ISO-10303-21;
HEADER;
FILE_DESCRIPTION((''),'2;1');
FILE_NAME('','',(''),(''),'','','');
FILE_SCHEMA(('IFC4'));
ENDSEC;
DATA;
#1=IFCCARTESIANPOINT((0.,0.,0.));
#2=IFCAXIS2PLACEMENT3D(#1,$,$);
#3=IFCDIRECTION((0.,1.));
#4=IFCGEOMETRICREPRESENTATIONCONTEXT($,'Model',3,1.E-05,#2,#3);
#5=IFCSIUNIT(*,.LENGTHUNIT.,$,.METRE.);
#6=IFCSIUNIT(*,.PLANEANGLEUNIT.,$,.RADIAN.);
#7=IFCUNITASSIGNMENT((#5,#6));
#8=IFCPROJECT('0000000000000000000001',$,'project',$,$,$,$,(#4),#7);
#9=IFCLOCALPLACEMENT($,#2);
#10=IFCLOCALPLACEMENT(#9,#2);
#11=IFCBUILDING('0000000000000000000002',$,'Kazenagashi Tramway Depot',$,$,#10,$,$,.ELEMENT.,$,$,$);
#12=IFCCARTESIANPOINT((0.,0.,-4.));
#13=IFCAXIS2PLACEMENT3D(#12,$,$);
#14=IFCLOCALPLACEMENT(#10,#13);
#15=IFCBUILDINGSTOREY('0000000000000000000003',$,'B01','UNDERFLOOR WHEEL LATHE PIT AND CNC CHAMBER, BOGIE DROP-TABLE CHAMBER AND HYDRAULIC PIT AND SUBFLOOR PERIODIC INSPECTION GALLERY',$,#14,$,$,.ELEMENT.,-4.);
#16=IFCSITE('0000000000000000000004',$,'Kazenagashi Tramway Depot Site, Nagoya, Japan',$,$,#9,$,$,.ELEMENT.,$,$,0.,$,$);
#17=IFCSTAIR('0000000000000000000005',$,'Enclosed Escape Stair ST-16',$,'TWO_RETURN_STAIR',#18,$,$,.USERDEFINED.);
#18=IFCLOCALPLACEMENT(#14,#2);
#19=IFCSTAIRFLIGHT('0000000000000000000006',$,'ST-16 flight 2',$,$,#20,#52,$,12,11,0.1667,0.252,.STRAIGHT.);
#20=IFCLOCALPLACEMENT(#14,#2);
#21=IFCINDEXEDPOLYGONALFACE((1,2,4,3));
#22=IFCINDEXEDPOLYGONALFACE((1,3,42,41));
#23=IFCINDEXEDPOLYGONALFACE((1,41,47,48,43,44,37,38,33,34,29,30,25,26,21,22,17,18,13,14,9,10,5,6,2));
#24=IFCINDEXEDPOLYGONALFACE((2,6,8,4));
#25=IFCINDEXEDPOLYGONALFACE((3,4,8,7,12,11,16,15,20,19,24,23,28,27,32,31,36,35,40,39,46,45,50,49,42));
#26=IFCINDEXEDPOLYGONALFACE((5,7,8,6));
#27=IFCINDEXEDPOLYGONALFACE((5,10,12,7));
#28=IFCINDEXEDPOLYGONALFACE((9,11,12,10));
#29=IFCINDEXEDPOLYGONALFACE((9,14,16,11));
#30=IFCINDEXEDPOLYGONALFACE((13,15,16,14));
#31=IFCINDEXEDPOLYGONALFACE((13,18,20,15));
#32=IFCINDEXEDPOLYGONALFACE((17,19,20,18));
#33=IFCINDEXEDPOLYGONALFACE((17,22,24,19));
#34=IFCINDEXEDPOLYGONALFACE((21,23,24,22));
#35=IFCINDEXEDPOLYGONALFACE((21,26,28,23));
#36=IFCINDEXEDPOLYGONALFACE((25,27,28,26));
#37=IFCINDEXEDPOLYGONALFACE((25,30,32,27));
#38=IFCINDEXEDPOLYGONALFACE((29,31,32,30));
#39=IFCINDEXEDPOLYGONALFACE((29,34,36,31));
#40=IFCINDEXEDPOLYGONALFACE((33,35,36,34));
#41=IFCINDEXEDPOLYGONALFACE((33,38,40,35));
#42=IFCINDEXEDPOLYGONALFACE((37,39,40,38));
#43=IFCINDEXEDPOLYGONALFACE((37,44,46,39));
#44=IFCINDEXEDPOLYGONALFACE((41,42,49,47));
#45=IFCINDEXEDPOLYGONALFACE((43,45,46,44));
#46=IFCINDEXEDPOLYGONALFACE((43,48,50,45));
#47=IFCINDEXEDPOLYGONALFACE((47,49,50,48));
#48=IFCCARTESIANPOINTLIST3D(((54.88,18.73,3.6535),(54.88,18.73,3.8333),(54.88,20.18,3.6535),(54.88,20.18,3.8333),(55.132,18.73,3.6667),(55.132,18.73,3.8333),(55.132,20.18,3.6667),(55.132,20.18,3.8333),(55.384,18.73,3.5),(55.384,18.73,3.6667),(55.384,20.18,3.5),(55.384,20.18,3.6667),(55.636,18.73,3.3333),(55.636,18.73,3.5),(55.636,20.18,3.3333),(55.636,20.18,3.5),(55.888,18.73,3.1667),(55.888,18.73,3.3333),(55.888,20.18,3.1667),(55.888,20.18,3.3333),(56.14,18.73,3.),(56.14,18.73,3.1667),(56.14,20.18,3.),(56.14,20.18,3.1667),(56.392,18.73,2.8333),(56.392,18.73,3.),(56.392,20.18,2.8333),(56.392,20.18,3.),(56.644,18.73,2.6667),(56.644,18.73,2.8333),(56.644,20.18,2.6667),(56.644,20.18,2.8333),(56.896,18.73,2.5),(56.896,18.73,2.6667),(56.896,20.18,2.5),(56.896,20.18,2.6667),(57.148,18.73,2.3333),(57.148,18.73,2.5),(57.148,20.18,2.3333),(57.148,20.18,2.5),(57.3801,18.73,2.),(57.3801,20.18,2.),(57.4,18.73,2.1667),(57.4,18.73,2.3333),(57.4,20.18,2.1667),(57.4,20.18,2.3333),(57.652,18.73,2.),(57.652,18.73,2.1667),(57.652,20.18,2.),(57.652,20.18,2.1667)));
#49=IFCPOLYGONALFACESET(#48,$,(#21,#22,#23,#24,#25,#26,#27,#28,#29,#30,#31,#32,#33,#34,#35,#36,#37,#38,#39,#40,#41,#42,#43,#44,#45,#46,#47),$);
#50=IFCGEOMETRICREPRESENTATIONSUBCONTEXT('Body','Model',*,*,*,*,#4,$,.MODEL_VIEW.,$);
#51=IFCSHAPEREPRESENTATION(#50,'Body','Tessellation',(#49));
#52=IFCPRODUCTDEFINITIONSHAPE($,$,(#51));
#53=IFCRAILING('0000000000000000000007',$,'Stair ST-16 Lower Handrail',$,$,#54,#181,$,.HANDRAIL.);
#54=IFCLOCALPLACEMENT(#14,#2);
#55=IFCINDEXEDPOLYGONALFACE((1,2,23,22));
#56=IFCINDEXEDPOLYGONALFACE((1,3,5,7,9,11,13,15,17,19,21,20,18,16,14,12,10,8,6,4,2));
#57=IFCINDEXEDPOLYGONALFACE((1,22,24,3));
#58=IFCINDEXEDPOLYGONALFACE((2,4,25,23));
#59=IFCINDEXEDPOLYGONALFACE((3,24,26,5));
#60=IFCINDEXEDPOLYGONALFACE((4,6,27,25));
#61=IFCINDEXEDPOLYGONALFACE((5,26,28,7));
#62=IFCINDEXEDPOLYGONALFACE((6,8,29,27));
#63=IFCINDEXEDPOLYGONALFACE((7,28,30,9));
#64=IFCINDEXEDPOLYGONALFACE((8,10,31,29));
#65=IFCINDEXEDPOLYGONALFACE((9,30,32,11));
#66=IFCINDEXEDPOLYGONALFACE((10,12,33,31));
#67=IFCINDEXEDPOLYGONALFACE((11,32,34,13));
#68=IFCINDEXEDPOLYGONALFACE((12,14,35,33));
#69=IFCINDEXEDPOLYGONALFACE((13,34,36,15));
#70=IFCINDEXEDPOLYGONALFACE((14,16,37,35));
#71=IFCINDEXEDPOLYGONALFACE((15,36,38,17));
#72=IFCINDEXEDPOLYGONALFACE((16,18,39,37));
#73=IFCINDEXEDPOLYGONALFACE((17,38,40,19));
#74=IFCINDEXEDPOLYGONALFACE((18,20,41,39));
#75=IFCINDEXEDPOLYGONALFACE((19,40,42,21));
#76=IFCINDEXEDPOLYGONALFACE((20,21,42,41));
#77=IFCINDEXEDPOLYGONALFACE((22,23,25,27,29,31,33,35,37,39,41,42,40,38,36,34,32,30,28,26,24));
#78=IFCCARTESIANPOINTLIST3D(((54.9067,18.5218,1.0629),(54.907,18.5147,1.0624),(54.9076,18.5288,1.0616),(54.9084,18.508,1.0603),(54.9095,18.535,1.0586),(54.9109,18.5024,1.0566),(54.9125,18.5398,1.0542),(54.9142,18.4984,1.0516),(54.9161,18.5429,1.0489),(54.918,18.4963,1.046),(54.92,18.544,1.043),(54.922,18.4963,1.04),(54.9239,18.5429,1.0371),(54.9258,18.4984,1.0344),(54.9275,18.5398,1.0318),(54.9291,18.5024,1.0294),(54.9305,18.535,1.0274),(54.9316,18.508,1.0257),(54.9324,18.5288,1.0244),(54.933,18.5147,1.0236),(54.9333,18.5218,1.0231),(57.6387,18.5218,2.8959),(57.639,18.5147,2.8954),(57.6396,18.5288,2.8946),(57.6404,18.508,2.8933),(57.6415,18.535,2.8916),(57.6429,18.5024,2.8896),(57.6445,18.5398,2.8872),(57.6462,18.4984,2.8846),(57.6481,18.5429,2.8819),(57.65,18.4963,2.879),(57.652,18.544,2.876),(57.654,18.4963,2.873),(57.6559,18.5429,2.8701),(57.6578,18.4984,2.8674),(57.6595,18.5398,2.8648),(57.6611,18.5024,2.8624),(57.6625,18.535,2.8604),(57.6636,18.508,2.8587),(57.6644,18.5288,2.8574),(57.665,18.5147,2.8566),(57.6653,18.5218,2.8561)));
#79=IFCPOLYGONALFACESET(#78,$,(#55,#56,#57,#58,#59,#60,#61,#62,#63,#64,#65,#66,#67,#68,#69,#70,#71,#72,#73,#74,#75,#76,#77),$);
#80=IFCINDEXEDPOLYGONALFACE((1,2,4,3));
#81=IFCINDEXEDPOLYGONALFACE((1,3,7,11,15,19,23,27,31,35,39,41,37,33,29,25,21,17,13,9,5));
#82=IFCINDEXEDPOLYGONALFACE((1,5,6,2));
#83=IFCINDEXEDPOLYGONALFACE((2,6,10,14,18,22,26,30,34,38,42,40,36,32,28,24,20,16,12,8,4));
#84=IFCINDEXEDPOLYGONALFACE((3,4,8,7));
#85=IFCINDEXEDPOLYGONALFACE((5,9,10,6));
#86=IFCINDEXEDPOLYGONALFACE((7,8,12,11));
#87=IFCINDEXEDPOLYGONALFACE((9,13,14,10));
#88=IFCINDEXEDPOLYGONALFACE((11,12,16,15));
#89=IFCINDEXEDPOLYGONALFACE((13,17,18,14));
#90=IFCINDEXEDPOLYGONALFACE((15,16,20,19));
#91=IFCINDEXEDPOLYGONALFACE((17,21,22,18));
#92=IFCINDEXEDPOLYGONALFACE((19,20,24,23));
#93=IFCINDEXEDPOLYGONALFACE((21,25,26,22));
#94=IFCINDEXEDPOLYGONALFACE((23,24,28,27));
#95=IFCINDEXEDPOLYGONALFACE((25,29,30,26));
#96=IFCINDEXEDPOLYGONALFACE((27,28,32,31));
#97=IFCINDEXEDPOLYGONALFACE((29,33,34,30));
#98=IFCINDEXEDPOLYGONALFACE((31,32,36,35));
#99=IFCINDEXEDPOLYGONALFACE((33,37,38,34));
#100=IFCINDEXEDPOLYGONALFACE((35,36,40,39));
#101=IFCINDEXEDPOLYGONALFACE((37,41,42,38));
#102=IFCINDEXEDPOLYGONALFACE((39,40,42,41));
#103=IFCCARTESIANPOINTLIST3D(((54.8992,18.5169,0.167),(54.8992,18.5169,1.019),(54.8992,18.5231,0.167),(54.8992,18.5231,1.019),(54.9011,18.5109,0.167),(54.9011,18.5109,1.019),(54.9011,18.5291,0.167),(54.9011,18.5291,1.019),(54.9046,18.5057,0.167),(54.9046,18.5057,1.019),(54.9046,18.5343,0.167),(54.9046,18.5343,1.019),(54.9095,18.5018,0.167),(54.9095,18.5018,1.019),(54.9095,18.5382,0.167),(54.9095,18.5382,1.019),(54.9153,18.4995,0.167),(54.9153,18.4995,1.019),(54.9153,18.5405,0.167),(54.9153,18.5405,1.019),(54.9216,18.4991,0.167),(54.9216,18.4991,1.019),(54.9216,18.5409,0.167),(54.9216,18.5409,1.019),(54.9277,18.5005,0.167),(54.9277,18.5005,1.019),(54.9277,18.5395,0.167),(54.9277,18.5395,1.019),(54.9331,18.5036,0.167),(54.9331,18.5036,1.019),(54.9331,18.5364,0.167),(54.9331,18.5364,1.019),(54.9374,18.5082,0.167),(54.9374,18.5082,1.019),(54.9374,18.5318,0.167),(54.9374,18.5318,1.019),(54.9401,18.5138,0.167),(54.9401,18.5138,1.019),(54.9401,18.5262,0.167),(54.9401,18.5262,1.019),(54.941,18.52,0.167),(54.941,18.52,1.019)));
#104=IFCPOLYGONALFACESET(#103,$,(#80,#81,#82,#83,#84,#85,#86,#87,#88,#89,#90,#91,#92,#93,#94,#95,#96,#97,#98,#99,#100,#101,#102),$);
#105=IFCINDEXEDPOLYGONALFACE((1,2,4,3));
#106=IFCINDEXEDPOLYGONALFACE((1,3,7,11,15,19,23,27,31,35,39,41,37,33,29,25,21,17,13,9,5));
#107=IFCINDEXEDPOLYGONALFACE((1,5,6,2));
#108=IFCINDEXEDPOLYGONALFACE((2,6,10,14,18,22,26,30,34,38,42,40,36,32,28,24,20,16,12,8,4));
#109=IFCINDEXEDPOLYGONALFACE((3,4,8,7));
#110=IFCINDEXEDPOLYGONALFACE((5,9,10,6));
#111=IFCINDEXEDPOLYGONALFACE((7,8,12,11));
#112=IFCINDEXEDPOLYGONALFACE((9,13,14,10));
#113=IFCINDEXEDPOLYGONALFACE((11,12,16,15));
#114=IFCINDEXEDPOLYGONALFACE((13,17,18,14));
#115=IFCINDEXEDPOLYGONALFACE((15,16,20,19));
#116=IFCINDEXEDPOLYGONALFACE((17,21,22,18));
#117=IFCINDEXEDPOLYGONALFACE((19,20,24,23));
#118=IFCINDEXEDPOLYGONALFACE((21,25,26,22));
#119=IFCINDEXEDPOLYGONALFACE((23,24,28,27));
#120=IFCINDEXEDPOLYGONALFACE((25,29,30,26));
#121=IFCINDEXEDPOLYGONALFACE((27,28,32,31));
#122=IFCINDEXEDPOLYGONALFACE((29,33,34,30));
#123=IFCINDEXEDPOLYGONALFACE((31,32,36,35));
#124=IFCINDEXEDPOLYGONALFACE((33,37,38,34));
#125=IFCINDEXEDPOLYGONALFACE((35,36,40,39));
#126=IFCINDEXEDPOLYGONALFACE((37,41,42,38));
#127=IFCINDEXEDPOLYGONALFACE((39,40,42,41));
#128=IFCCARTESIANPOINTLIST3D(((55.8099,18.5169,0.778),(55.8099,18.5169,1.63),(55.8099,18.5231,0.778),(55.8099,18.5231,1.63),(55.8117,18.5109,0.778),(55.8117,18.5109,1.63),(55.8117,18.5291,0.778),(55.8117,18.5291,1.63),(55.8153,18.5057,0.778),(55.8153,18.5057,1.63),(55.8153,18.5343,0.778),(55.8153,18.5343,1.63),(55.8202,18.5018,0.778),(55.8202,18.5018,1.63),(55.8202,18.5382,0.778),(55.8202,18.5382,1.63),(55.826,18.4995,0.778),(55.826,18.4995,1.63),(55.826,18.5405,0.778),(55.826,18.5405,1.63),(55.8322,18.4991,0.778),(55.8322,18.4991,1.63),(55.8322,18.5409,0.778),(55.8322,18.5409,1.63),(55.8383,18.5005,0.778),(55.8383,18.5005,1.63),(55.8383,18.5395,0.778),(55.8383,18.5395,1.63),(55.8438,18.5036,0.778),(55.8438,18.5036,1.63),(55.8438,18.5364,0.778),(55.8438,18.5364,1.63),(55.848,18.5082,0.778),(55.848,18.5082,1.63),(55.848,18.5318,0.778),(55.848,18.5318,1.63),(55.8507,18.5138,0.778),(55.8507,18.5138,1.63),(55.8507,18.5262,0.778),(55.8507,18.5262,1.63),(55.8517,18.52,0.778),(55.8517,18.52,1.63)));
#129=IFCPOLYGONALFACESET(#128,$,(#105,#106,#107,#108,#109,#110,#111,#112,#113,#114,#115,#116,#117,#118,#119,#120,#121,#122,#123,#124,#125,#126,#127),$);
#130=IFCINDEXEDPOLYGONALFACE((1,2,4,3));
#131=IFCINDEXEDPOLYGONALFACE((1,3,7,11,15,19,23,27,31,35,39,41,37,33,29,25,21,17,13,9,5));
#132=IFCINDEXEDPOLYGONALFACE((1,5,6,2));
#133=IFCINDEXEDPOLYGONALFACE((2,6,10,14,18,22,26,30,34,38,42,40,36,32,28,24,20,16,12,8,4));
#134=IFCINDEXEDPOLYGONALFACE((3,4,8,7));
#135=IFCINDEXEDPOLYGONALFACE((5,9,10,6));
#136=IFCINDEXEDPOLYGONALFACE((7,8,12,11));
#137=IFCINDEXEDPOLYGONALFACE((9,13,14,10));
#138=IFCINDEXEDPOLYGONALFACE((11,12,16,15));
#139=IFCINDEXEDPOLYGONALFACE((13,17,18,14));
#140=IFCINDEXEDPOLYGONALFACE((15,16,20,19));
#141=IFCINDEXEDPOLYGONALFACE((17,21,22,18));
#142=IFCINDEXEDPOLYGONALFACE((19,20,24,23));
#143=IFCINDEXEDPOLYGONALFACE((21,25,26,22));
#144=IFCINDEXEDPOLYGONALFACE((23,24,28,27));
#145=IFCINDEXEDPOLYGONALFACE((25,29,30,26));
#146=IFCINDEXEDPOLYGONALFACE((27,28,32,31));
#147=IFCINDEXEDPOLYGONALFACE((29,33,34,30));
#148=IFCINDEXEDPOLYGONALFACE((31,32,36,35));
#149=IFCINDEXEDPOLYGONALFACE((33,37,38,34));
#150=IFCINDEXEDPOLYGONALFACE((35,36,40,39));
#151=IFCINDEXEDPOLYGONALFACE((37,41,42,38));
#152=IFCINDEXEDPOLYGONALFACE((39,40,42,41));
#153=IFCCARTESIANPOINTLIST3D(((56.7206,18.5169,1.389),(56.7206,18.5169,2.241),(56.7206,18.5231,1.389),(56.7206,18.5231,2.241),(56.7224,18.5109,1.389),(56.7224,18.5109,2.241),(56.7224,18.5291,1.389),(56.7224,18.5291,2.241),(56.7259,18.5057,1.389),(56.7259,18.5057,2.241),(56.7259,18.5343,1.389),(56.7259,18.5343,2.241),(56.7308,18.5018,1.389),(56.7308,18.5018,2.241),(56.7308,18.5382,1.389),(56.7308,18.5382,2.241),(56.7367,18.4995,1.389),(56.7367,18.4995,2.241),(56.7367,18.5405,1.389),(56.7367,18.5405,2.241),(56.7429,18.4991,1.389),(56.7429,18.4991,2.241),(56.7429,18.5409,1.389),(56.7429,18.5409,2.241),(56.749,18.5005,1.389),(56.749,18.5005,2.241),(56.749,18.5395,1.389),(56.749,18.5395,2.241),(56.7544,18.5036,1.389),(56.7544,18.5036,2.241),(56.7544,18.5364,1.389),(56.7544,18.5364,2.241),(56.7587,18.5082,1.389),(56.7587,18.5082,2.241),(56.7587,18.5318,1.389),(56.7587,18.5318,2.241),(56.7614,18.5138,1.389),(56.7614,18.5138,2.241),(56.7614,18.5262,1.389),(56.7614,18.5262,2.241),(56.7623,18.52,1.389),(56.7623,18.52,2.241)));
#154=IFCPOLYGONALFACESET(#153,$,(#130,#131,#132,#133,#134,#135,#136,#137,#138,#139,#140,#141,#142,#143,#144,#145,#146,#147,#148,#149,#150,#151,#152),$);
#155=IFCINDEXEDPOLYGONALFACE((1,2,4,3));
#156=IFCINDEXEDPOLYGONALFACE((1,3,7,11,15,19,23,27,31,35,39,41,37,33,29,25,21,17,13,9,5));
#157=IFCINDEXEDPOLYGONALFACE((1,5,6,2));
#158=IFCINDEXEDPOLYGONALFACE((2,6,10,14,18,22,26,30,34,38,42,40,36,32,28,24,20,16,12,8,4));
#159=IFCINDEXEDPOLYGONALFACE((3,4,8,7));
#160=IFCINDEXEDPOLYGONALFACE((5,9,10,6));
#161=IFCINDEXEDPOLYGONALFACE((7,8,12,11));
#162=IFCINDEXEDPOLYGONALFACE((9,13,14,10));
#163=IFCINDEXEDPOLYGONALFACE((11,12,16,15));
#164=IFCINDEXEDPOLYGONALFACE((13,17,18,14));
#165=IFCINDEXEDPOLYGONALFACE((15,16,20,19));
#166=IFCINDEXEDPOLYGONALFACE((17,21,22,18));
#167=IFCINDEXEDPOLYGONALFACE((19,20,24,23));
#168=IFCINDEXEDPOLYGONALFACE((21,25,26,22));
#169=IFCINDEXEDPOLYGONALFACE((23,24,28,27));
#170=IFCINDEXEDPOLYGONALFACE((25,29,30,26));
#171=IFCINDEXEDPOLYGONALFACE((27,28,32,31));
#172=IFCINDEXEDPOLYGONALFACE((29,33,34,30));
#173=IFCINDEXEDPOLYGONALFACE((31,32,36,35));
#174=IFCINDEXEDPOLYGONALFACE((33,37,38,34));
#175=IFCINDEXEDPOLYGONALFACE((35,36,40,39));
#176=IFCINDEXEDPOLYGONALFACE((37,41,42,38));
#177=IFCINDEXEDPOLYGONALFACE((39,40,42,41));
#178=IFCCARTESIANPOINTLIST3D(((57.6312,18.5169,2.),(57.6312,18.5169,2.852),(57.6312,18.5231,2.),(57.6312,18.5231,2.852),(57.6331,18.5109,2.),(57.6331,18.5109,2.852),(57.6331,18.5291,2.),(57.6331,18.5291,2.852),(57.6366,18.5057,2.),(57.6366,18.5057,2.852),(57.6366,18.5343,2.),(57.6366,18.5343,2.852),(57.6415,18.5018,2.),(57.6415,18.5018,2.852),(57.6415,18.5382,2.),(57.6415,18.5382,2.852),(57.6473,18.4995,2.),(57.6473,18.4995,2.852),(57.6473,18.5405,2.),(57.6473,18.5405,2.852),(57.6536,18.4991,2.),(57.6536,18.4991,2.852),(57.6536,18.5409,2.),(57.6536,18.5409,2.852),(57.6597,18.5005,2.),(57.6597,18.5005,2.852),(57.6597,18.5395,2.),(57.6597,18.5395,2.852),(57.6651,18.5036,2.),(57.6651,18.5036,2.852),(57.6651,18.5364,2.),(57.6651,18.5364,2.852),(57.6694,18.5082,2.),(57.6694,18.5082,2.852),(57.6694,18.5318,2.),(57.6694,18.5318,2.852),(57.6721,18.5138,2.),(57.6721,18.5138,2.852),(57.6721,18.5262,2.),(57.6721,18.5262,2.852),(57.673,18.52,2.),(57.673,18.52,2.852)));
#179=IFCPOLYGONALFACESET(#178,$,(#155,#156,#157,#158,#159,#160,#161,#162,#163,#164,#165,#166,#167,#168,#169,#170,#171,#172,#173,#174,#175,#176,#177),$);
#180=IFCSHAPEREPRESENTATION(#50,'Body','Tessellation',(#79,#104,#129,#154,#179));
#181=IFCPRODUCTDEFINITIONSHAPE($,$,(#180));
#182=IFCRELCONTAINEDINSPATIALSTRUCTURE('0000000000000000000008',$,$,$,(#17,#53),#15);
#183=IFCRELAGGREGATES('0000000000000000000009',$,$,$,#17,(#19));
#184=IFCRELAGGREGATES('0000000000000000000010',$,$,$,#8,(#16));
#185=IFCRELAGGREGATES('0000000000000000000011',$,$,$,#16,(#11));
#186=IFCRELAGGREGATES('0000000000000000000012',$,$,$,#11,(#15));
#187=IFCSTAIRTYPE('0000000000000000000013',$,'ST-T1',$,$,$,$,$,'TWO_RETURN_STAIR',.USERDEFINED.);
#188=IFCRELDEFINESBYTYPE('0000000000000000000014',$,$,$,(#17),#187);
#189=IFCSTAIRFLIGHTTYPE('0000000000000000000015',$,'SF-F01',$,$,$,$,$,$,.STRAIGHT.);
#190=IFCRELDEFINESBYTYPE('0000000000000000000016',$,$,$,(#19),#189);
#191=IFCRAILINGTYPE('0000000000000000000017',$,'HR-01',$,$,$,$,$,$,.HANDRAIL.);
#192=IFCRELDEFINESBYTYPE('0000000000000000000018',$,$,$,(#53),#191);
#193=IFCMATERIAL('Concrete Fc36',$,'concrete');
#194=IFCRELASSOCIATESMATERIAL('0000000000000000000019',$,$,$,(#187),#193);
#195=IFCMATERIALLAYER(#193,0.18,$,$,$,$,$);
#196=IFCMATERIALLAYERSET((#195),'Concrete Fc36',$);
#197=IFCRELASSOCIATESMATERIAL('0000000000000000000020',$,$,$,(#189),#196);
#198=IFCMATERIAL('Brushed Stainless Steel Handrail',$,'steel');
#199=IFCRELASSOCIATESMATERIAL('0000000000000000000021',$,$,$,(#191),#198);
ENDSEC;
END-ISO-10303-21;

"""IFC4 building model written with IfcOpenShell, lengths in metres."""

from ifc_helpers import new_model, si_unit, direction, frame, origin, origin_2d, place, context, subcontext, project, spatial, polyline, circle, outline, extrude, material, layer, layer_set, type_object, element, aggregate, save


model = new_model("IFC4")

# Units and contexts
model_context = context("Model", 3, precision=1e-05, world=origin(), true_north=direction((0.0, 1.0)))
body_context = subcontext(model_context, "Body", "Model", "MODEL_VIEW")
ifc_project = project(units=[si_unit("LENGTHUNIT", "METRE"), si_unit("PLANEANGLEUNIT", "RADIAN")], contexts=[model_context])

# Site, building, storey
site_placement = place(None, origin())
site = spatial("IfcSite", under=ifc_project, at=site_placement, Name="Kazenagashi Tramway Depot Site, Nagoya, Japan", CompositionType="ELEMENT", RefElevation=0.0)
building_placement = place(site_placement, origin())
building = spatial("IfcBuilding", under=site, at=building_placement, Name="Kazenagashi Tramway Depot", CompositionType="ELEMENT")
storey_placement = place(building_placement, frame((0.0, 0.0, -4.0)))
storey = spatial("IfcBuildingStorey", under=building, at=storey_placement, Name="B01", Description="UNDERFLOOR WHEEL LATHE PIT AND CNC CHAMBER, BOGIE DROP-TABLE CHAMBER AND HYDRAULIC PIT AND SUBFLOOR PERIODIC INSPECTION GALLERY", CompositionType="ELEMENT", Elevation=-4.0)

# Shared definitions
ifc_material_1 = material(Name="Concrete Fc36", Category="concrete")

# Stair, stair flight
stair_type = type_object("IfcStairType", Name="ST-T1", ElementType="TWO_RETURN_STAIR", PredefinedType="USERDEFINED", material=ifc_material_1)
stair_placement = place(storey_placement, origin())
stair = element("IfcStair", 1, at=stair_placement, inside=storey, type_object=stair_type, Name="Enclosed Escape Stair ST-16", ObjectType="TWO_RETURN_STAIR", PredefinedType="USERDEFINED")
ifc_layer_1 = layer(ifc_material_1, 0.18)
ifc_layer_set_1 = layer_set([ifc_layer_1], Name="Concrete Fc36")
stair_flight_type = type_object("IfcStairFlightType", Name="SF-F01", PredefinedType="STRAIGHT", material=ifc_layer_set_1)
stair_flight_1_placement = place(storey_placement, frame((57.652, 19.455, 2.0), z_axis=(0.0, 0.0, 1.0), x_axis=(-1.0, 0.0, 0.0)))
stair_flight_1 = element("IfcStairFlight", 2, at=stair_flight_1_placement, type_object=stair_flight_type, Name="ST-16 flight 2", NumberOfRisers=12, NumberOfTreads=11, PredefinedType="STRAIGHT", RiserHeight=0.1667, TreadLength=0.252, context=body_context, shape_type="SweptSolid", body=[
    extrude(outline(polyline([(0.0, 0.0), (0.0, 0.1667), (0.252, 0.1667), (0.252, 0.3333), (0.504, 0.3333), (0.504, 0.5), (0.756, 0.5), (0.756, 0.6667), (1.008, 0.6667), (1.008, 0.8333), (1.26, 0.8333), (1.26, 1.0), (1.512, 1.0), (1.512, 1.1667), (1.764, 1.1667), (1.764, 1.3333), (2.016, 1.3333), (2.016, 1.5), (2.268, 1.5), (2.268, 1.6667), (2.52, 1.6667), (2.52, 1.8333), (2.772, 1.8333), (2.772, 2.0), (2.772, 1.6535), (0.2719, 0.0), (0.0, 0.0)])), frame((0.0, 0.725, 0.0), z_axis=(0.0, -1.0, 0.0), x_axis=(1.0, 0.0, 0.0)), (0.0, 0.0, 1.0), 1.45),
])
aggregate(stair, [stair_flight_1])

# Railing
ifc_material_2 = material(Name="Brushed Stainless Steel Handrail", Category="steel")
railing_type = type_object("IfcRailingType", Name="HR-01", PredefinedType="HANDRAIL", material=ifc_material_2)
railing_1_placement = place(storey_placement, frame((54.92, 18.52, 0.167)))
element("IfcRailing", 3, at=railing_1_placement, inside=storey, type_object=railing_type, Name="Stair ST-16 Lower Handrail", PredefinedType="HANDRAIL", context=body_context, shape_type="SweptSolid", body=[
    extrude(circle(Radius=0.024, at=origin_2d()), frame((0.0, 0.0, 0.876), z_axis=(0.83041, 0.0, 0.557153), x_axis=(0.0, 1.0, 0.0)), (0.0, 0.0, 1.0), 3.2899),
    extrude(circle(Radius=0.021, at=origin_2d()), origin(), (0.0, 0.0, 1.0), 0.852),
    extrude(circle(Radius=0.021, at=origin_2d()), frame((0.9107, 0.0, 0.611)), (0.0, 0.0, 1.0), 0.852),
    extrude(circle(Radius=0.021, at=origin_2d()), frame((1.8213, 0.0, 1.222)), (0.0, 0.0, 1.0), 0.852),
    extrude(circle(Radius=0.021, at=origin_2d()), frame((2.732, 0.0, 1.833)), (0.0, 0.0, 1.0), 0.852),
])

save(model, "model.ifc")
